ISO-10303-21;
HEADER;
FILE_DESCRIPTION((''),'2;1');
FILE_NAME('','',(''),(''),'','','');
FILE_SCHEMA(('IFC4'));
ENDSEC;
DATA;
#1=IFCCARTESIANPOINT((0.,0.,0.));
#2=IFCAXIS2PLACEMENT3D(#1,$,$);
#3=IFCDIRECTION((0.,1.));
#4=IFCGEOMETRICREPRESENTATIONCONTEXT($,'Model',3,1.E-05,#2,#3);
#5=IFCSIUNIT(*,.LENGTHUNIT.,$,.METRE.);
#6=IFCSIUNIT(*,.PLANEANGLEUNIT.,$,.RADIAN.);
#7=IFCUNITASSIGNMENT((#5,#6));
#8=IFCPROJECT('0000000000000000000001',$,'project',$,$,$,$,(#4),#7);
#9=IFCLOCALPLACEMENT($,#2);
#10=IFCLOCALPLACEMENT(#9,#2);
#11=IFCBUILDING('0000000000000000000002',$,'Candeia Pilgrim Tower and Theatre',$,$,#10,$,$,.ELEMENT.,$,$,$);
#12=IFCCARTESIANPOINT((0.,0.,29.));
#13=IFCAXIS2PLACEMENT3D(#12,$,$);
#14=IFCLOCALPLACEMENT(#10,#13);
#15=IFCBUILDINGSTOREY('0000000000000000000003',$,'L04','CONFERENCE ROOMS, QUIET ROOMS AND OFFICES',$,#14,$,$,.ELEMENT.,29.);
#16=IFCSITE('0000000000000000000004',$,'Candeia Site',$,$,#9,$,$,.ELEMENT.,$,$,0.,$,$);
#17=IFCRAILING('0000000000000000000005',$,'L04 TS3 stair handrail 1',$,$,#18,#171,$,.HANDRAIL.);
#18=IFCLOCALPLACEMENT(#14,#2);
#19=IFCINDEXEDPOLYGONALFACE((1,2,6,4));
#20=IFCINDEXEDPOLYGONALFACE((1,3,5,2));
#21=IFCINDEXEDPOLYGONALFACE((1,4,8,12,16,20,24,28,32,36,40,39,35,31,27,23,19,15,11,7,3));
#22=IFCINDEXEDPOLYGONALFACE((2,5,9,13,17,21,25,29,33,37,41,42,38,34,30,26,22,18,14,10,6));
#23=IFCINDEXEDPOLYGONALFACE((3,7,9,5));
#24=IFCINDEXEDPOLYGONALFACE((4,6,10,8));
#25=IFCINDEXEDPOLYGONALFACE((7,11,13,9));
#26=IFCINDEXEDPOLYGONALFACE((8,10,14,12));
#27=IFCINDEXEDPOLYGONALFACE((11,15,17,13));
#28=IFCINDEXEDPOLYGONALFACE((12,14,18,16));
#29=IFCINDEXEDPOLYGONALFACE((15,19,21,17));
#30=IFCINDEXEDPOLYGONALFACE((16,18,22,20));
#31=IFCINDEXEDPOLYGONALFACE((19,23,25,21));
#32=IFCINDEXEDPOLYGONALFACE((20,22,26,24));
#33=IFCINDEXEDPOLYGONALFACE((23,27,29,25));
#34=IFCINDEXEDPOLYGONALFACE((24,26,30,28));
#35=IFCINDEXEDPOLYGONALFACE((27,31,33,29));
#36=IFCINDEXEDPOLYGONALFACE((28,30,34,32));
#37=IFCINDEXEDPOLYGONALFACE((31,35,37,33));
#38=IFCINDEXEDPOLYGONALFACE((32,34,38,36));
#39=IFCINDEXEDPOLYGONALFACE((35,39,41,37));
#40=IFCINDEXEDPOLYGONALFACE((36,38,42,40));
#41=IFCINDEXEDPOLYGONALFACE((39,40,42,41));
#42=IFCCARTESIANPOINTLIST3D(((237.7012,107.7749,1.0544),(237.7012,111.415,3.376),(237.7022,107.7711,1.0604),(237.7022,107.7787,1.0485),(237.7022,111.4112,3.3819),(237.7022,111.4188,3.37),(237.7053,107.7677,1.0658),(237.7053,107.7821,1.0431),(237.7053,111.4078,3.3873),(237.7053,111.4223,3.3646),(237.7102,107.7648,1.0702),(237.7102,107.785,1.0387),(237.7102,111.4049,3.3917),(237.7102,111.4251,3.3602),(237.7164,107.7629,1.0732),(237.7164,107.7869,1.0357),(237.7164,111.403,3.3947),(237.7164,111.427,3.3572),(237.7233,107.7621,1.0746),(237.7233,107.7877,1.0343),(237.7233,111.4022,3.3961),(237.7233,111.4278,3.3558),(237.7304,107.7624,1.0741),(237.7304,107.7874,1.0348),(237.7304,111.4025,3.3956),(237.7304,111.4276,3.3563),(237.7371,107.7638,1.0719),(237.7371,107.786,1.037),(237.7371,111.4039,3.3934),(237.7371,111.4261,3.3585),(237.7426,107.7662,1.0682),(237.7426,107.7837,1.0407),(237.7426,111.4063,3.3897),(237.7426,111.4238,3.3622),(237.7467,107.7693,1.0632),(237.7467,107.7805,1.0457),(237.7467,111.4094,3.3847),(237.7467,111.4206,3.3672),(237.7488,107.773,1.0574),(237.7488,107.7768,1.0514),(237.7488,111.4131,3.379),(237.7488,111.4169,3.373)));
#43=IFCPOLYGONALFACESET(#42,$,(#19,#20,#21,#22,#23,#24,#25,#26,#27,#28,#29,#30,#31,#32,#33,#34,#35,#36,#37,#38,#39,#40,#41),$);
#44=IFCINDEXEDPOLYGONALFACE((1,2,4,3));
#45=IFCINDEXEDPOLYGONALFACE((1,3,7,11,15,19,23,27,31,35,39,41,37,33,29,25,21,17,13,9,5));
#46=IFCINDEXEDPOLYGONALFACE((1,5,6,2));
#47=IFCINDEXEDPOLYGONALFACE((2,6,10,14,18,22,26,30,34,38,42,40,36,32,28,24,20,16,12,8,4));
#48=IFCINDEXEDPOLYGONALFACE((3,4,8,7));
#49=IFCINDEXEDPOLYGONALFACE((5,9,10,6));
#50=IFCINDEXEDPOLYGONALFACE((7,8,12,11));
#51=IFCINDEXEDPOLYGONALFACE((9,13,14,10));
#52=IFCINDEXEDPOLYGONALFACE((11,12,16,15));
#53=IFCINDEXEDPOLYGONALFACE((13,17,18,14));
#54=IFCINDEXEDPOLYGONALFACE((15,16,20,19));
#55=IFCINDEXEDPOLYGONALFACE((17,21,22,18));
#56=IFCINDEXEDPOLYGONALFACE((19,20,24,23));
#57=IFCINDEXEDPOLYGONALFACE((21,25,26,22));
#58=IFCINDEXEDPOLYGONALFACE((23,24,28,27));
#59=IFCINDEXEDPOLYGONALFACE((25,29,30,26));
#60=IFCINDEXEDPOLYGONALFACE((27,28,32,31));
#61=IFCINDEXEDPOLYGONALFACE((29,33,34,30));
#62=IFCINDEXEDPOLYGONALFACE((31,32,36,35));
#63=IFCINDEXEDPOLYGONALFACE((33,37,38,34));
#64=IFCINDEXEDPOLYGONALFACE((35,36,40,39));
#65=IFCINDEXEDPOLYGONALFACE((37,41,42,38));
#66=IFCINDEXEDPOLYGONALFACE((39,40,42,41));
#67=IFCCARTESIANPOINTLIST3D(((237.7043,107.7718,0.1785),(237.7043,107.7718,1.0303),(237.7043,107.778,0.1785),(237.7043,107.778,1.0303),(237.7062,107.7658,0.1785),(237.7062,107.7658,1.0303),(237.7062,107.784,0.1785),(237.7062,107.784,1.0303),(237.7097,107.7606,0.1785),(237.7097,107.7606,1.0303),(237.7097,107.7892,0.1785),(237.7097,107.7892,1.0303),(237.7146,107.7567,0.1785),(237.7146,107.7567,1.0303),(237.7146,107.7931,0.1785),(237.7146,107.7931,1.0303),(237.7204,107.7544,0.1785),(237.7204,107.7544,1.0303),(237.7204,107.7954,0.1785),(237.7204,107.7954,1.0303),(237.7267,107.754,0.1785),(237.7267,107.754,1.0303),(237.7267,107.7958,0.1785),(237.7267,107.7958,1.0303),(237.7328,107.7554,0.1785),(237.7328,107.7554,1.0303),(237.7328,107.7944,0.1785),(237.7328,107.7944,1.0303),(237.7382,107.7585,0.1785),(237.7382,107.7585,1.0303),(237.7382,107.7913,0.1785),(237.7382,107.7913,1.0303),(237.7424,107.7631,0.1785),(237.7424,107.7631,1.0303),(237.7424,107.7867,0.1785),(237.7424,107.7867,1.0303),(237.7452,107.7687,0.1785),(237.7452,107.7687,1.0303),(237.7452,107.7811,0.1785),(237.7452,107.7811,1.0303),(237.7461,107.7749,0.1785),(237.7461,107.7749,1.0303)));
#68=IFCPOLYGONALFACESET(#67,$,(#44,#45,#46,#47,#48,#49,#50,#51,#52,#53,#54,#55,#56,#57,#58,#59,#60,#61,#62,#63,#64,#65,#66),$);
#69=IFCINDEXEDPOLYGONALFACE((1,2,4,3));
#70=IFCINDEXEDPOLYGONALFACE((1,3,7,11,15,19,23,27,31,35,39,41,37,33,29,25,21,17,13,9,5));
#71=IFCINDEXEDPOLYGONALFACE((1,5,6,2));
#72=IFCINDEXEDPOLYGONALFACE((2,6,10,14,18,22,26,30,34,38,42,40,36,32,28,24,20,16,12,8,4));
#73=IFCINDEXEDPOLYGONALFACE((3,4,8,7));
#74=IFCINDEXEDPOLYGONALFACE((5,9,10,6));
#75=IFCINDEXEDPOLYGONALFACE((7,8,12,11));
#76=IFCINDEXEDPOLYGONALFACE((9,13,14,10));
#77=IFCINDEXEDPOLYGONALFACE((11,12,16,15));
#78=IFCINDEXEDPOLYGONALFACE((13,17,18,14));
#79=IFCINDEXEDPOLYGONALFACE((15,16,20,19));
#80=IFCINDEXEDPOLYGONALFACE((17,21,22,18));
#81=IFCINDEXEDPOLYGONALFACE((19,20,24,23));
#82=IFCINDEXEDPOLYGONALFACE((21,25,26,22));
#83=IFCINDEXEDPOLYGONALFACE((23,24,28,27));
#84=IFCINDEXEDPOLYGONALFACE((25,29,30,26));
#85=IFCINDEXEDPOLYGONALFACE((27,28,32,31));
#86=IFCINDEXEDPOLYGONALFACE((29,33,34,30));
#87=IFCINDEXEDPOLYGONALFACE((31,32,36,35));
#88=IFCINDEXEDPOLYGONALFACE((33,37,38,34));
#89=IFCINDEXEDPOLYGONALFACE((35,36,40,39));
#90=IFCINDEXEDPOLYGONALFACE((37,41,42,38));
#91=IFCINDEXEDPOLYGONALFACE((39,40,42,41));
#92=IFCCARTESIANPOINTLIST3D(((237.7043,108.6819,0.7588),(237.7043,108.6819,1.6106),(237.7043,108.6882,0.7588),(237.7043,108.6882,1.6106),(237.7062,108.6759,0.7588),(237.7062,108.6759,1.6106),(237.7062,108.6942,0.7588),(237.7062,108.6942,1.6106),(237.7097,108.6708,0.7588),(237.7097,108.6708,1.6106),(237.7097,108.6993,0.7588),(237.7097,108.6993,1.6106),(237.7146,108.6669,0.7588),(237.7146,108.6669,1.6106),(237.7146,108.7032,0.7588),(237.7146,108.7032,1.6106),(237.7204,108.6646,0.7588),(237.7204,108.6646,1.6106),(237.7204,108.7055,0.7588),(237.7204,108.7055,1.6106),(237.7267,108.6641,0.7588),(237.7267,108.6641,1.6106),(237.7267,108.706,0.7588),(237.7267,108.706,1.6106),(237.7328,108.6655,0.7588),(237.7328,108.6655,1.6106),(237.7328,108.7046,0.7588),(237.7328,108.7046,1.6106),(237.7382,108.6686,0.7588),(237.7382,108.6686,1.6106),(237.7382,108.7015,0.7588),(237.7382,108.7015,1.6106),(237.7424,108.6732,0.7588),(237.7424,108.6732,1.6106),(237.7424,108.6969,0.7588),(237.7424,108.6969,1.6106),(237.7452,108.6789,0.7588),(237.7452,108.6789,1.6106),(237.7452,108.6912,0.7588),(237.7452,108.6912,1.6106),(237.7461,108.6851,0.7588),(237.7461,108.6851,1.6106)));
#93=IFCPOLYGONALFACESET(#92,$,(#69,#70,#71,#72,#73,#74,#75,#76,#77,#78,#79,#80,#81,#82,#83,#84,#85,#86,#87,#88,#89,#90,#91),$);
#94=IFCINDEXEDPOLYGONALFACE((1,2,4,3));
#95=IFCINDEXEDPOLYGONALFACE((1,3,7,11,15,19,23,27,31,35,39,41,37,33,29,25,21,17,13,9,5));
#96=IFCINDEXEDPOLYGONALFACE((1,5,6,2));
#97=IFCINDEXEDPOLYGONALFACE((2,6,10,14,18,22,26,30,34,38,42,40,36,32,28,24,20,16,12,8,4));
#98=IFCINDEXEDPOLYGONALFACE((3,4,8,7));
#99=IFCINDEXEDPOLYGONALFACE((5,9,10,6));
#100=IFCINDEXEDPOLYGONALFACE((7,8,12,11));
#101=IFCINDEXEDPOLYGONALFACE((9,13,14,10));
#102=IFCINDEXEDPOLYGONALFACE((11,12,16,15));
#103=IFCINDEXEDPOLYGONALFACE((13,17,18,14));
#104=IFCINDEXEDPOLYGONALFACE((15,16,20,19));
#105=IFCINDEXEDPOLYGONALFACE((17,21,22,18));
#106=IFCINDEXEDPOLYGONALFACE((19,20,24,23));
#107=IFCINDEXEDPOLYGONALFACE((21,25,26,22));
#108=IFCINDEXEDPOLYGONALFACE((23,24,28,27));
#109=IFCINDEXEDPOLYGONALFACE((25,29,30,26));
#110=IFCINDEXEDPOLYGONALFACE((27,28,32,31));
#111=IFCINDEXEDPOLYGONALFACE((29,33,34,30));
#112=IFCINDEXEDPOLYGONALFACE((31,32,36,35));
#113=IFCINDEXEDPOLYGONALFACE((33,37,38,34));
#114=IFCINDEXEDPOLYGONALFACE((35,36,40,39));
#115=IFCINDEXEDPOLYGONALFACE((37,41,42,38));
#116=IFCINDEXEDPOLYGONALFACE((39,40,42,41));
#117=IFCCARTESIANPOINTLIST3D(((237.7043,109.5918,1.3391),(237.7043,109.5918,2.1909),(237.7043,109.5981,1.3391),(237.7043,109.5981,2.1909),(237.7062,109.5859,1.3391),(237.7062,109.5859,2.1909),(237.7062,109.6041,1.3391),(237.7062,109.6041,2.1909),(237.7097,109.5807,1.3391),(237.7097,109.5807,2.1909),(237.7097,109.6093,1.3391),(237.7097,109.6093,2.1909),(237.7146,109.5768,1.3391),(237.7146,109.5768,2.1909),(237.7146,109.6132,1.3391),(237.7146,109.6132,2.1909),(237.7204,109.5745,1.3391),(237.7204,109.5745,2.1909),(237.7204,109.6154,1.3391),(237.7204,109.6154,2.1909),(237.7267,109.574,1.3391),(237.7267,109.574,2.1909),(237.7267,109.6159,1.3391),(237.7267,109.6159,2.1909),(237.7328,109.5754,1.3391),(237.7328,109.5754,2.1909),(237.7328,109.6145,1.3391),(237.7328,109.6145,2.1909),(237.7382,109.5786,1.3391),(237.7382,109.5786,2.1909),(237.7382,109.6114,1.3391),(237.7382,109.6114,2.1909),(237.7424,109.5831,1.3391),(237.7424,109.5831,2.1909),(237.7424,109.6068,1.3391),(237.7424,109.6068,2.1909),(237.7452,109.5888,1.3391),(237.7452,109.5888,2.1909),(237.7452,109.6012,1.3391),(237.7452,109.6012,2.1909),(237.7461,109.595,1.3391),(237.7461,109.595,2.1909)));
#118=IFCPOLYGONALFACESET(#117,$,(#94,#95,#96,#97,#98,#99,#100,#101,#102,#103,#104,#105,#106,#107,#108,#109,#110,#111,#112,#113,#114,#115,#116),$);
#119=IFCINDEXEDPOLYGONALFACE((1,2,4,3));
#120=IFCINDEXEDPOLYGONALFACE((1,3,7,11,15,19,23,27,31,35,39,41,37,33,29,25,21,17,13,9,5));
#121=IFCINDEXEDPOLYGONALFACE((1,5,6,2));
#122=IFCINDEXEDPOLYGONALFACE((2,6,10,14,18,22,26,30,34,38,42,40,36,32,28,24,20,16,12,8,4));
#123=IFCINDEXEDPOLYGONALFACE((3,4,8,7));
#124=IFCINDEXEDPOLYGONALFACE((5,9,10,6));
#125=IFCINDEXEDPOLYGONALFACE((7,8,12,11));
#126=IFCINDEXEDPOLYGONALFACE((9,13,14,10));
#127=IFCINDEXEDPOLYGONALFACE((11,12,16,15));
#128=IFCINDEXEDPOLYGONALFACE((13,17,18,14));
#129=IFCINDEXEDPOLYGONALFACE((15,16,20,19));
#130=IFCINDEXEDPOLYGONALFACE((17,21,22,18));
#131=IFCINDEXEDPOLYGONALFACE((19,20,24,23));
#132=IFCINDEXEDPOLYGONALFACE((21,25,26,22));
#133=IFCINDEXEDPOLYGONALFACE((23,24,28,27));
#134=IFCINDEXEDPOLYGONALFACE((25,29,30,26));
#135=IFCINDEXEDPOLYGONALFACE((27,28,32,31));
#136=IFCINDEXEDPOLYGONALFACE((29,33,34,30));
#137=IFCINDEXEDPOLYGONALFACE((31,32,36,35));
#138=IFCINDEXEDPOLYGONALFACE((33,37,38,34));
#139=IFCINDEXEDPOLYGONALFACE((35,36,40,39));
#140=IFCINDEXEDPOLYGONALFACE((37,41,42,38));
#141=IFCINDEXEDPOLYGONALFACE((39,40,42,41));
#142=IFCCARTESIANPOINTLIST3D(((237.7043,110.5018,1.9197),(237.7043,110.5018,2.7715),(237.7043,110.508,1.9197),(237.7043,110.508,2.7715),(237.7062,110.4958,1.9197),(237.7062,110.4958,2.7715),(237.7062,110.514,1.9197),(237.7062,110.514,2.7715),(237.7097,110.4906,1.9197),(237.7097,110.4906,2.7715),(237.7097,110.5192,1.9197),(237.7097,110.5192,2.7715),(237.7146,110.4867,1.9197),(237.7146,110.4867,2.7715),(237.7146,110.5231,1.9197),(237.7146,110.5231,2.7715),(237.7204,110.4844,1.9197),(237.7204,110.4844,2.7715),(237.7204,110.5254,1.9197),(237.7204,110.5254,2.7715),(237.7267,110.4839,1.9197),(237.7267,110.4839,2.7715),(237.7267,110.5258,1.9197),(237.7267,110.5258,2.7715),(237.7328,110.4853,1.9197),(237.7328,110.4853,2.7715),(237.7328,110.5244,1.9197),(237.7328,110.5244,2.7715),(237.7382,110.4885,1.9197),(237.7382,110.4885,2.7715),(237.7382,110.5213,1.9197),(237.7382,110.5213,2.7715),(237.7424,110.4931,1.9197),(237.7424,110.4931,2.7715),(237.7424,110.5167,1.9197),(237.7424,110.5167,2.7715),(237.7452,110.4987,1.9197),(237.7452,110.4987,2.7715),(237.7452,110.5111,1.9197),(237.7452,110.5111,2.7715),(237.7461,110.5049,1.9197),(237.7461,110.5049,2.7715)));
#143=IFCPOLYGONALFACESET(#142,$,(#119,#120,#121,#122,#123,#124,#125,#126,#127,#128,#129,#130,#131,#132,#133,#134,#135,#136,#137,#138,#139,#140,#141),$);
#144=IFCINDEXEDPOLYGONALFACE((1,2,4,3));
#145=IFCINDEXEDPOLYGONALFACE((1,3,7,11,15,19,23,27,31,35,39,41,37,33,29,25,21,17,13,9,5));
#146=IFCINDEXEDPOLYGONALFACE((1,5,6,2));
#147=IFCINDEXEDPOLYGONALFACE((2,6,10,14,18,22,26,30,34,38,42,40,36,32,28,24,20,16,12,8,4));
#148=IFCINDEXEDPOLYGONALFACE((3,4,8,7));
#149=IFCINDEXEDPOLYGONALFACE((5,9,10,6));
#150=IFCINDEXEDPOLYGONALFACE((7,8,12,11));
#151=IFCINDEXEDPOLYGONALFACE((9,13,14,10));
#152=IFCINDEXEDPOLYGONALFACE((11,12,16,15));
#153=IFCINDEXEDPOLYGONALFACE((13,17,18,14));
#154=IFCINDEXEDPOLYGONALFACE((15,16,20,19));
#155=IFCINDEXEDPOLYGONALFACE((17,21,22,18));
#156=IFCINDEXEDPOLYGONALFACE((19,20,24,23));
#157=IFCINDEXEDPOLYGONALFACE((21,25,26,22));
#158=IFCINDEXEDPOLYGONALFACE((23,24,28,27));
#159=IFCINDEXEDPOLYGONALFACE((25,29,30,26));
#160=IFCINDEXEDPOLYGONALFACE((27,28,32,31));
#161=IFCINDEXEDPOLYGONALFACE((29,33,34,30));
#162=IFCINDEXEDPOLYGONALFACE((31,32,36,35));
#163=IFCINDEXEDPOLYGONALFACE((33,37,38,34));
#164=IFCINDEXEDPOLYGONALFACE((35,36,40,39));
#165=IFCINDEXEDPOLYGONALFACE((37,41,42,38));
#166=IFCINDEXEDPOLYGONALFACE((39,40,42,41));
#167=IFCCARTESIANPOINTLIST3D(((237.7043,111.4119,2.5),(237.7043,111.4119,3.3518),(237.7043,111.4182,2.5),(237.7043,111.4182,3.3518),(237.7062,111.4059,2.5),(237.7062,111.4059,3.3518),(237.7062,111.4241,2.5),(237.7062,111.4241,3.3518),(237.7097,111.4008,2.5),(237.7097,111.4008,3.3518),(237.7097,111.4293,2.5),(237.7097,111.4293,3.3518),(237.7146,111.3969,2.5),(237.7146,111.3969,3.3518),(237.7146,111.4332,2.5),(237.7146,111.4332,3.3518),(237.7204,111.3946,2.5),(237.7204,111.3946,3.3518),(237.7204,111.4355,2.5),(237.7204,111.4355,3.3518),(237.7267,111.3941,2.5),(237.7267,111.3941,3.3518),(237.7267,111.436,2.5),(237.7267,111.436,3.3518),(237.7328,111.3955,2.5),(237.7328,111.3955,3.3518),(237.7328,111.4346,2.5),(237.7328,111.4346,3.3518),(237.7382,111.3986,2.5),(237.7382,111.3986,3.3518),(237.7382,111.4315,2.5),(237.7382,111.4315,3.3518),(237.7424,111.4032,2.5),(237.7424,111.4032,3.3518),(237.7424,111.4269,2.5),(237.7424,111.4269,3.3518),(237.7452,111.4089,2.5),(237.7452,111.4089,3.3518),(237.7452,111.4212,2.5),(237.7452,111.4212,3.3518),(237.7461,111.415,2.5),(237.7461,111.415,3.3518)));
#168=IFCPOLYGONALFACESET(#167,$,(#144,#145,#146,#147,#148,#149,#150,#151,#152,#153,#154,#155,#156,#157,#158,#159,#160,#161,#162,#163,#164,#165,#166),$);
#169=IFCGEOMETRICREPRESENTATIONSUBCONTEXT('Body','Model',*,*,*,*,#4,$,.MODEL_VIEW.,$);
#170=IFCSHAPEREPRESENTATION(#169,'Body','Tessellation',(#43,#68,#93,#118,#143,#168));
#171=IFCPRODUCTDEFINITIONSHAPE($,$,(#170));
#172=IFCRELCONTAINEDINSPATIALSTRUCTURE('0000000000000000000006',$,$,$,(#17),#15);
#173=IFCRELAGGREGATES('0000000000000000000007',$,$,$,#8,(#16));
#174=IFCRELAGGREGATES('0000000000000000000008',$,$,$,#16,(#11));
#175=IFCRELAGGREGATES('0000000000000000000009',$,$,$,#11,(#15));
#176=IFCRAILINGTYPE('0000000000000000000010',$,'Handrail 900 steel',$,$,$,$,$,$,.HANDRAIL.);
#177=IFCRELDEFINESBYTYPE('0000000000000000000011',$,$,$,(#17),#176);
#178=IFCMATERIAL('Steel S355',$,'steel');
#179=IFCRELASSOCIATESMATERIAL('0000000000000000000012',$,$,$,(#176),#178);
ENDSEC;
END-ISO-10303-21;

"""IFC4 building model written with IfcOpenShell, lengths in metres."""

from ifc_helpers import new_model, si_unit, direction, frame, origin, origin_2d, place, context, subcontext, project, spatial, circle, extrude, material, type_object, element, save


model = new_model("IFC4")

# Units and contexts
model_context = context("Model", 3, precision=1e-05, world=origin(), true_north=direction((0.0, 1.0)))
body_context = subcontext(model_context, "Body", "Model", "MODEL_VIEW")
ifc_project = project(units=[si_unit("LENGTHUNIT", "METRE"), si_unit("PLANEANGLEUNIT", "RADIAN")], contexts=[model_context])

# Site, building, storey
site_placement = place(None, origin())
site = spatial("IfcSite", under=ifc_project, at=site_placement, Name="Candeia Site", CompositionType="ELEMENT", RefElevation=0.0)
building_placement = place(site_placement, origin())
building = spatial("IfcBuilding", under=site, at=building_placement, Name="Candeia Pilgrim Tower and Theatre", CompositionType="ELEMENT")
storey_placement = place(building_placement, frame((0.0, 0.0, 29.0)))
storey = spatial("IfcBuildingStorey", under=building, at=storey_placement, Name="L04", Description="CONFERENCE ROOMS, QUIET ROOMS AND OFFICES", CompositionType="ELEMENT", Elevation=29.0)

# Railing
ifc_material_1 = material(Name="Steel S355", Category="steel")
railing_type_1 = type_object("IfcRailingType", Name="Handrail 900 steel", PredefinedType="HANDRAIL", material=ifc_material_1)
railing_1_placement = place(storey_placement, frame((237.7251, 107.7749, 0.1785)))
element("IfcRailing", 1, at=railing_1_placement, inside=storey, type_object=railing_type_1, Name="L04 TS3 stair handrail 1", PredefinedType="HANDRAIL", context=body_context, shape_type="SweptSolid", body=[
    extrude(circle(Radius=0.0239, at=origin_2d()), frame((0.0, 0.0, 0.876), z_axis=(0.0, 0.843128, 0.537713), x_axis=(-1.0, 0.0, 0.0)), (0.0, 0.0, 1.0), 4.3174),
    extrude(circle(Radius=0.021, at=origin_2d()), origin(), (0.0, 0.0, 1.0), 0.8518),
    extrude(circle(Radius=0.021, at=origin_2d()), frame((0.0, 0.9102, 0.5803)), (0.0, 0.0, 1.0), 0.8518),
    extrude(circle(Radius=0.021, at=origin_2d()), frame((0.0, 1.8201, 1.1606)), (0.0, 0.0, 1.0), 0.8518),
    extrude(circle(Radius=0.021, at=origin_2d()), frame((0.0, 2.73, 1.7412)), (0.0, 0.0, 1.0), 0.8518),
    extrude(circle(Radius=0.021, at=origin_2d()), frame((0.0, 3.6401, 2.3215)), (0.0, 0.0, 1.0), 0.8518),
])

save(model, "model.ifc")
